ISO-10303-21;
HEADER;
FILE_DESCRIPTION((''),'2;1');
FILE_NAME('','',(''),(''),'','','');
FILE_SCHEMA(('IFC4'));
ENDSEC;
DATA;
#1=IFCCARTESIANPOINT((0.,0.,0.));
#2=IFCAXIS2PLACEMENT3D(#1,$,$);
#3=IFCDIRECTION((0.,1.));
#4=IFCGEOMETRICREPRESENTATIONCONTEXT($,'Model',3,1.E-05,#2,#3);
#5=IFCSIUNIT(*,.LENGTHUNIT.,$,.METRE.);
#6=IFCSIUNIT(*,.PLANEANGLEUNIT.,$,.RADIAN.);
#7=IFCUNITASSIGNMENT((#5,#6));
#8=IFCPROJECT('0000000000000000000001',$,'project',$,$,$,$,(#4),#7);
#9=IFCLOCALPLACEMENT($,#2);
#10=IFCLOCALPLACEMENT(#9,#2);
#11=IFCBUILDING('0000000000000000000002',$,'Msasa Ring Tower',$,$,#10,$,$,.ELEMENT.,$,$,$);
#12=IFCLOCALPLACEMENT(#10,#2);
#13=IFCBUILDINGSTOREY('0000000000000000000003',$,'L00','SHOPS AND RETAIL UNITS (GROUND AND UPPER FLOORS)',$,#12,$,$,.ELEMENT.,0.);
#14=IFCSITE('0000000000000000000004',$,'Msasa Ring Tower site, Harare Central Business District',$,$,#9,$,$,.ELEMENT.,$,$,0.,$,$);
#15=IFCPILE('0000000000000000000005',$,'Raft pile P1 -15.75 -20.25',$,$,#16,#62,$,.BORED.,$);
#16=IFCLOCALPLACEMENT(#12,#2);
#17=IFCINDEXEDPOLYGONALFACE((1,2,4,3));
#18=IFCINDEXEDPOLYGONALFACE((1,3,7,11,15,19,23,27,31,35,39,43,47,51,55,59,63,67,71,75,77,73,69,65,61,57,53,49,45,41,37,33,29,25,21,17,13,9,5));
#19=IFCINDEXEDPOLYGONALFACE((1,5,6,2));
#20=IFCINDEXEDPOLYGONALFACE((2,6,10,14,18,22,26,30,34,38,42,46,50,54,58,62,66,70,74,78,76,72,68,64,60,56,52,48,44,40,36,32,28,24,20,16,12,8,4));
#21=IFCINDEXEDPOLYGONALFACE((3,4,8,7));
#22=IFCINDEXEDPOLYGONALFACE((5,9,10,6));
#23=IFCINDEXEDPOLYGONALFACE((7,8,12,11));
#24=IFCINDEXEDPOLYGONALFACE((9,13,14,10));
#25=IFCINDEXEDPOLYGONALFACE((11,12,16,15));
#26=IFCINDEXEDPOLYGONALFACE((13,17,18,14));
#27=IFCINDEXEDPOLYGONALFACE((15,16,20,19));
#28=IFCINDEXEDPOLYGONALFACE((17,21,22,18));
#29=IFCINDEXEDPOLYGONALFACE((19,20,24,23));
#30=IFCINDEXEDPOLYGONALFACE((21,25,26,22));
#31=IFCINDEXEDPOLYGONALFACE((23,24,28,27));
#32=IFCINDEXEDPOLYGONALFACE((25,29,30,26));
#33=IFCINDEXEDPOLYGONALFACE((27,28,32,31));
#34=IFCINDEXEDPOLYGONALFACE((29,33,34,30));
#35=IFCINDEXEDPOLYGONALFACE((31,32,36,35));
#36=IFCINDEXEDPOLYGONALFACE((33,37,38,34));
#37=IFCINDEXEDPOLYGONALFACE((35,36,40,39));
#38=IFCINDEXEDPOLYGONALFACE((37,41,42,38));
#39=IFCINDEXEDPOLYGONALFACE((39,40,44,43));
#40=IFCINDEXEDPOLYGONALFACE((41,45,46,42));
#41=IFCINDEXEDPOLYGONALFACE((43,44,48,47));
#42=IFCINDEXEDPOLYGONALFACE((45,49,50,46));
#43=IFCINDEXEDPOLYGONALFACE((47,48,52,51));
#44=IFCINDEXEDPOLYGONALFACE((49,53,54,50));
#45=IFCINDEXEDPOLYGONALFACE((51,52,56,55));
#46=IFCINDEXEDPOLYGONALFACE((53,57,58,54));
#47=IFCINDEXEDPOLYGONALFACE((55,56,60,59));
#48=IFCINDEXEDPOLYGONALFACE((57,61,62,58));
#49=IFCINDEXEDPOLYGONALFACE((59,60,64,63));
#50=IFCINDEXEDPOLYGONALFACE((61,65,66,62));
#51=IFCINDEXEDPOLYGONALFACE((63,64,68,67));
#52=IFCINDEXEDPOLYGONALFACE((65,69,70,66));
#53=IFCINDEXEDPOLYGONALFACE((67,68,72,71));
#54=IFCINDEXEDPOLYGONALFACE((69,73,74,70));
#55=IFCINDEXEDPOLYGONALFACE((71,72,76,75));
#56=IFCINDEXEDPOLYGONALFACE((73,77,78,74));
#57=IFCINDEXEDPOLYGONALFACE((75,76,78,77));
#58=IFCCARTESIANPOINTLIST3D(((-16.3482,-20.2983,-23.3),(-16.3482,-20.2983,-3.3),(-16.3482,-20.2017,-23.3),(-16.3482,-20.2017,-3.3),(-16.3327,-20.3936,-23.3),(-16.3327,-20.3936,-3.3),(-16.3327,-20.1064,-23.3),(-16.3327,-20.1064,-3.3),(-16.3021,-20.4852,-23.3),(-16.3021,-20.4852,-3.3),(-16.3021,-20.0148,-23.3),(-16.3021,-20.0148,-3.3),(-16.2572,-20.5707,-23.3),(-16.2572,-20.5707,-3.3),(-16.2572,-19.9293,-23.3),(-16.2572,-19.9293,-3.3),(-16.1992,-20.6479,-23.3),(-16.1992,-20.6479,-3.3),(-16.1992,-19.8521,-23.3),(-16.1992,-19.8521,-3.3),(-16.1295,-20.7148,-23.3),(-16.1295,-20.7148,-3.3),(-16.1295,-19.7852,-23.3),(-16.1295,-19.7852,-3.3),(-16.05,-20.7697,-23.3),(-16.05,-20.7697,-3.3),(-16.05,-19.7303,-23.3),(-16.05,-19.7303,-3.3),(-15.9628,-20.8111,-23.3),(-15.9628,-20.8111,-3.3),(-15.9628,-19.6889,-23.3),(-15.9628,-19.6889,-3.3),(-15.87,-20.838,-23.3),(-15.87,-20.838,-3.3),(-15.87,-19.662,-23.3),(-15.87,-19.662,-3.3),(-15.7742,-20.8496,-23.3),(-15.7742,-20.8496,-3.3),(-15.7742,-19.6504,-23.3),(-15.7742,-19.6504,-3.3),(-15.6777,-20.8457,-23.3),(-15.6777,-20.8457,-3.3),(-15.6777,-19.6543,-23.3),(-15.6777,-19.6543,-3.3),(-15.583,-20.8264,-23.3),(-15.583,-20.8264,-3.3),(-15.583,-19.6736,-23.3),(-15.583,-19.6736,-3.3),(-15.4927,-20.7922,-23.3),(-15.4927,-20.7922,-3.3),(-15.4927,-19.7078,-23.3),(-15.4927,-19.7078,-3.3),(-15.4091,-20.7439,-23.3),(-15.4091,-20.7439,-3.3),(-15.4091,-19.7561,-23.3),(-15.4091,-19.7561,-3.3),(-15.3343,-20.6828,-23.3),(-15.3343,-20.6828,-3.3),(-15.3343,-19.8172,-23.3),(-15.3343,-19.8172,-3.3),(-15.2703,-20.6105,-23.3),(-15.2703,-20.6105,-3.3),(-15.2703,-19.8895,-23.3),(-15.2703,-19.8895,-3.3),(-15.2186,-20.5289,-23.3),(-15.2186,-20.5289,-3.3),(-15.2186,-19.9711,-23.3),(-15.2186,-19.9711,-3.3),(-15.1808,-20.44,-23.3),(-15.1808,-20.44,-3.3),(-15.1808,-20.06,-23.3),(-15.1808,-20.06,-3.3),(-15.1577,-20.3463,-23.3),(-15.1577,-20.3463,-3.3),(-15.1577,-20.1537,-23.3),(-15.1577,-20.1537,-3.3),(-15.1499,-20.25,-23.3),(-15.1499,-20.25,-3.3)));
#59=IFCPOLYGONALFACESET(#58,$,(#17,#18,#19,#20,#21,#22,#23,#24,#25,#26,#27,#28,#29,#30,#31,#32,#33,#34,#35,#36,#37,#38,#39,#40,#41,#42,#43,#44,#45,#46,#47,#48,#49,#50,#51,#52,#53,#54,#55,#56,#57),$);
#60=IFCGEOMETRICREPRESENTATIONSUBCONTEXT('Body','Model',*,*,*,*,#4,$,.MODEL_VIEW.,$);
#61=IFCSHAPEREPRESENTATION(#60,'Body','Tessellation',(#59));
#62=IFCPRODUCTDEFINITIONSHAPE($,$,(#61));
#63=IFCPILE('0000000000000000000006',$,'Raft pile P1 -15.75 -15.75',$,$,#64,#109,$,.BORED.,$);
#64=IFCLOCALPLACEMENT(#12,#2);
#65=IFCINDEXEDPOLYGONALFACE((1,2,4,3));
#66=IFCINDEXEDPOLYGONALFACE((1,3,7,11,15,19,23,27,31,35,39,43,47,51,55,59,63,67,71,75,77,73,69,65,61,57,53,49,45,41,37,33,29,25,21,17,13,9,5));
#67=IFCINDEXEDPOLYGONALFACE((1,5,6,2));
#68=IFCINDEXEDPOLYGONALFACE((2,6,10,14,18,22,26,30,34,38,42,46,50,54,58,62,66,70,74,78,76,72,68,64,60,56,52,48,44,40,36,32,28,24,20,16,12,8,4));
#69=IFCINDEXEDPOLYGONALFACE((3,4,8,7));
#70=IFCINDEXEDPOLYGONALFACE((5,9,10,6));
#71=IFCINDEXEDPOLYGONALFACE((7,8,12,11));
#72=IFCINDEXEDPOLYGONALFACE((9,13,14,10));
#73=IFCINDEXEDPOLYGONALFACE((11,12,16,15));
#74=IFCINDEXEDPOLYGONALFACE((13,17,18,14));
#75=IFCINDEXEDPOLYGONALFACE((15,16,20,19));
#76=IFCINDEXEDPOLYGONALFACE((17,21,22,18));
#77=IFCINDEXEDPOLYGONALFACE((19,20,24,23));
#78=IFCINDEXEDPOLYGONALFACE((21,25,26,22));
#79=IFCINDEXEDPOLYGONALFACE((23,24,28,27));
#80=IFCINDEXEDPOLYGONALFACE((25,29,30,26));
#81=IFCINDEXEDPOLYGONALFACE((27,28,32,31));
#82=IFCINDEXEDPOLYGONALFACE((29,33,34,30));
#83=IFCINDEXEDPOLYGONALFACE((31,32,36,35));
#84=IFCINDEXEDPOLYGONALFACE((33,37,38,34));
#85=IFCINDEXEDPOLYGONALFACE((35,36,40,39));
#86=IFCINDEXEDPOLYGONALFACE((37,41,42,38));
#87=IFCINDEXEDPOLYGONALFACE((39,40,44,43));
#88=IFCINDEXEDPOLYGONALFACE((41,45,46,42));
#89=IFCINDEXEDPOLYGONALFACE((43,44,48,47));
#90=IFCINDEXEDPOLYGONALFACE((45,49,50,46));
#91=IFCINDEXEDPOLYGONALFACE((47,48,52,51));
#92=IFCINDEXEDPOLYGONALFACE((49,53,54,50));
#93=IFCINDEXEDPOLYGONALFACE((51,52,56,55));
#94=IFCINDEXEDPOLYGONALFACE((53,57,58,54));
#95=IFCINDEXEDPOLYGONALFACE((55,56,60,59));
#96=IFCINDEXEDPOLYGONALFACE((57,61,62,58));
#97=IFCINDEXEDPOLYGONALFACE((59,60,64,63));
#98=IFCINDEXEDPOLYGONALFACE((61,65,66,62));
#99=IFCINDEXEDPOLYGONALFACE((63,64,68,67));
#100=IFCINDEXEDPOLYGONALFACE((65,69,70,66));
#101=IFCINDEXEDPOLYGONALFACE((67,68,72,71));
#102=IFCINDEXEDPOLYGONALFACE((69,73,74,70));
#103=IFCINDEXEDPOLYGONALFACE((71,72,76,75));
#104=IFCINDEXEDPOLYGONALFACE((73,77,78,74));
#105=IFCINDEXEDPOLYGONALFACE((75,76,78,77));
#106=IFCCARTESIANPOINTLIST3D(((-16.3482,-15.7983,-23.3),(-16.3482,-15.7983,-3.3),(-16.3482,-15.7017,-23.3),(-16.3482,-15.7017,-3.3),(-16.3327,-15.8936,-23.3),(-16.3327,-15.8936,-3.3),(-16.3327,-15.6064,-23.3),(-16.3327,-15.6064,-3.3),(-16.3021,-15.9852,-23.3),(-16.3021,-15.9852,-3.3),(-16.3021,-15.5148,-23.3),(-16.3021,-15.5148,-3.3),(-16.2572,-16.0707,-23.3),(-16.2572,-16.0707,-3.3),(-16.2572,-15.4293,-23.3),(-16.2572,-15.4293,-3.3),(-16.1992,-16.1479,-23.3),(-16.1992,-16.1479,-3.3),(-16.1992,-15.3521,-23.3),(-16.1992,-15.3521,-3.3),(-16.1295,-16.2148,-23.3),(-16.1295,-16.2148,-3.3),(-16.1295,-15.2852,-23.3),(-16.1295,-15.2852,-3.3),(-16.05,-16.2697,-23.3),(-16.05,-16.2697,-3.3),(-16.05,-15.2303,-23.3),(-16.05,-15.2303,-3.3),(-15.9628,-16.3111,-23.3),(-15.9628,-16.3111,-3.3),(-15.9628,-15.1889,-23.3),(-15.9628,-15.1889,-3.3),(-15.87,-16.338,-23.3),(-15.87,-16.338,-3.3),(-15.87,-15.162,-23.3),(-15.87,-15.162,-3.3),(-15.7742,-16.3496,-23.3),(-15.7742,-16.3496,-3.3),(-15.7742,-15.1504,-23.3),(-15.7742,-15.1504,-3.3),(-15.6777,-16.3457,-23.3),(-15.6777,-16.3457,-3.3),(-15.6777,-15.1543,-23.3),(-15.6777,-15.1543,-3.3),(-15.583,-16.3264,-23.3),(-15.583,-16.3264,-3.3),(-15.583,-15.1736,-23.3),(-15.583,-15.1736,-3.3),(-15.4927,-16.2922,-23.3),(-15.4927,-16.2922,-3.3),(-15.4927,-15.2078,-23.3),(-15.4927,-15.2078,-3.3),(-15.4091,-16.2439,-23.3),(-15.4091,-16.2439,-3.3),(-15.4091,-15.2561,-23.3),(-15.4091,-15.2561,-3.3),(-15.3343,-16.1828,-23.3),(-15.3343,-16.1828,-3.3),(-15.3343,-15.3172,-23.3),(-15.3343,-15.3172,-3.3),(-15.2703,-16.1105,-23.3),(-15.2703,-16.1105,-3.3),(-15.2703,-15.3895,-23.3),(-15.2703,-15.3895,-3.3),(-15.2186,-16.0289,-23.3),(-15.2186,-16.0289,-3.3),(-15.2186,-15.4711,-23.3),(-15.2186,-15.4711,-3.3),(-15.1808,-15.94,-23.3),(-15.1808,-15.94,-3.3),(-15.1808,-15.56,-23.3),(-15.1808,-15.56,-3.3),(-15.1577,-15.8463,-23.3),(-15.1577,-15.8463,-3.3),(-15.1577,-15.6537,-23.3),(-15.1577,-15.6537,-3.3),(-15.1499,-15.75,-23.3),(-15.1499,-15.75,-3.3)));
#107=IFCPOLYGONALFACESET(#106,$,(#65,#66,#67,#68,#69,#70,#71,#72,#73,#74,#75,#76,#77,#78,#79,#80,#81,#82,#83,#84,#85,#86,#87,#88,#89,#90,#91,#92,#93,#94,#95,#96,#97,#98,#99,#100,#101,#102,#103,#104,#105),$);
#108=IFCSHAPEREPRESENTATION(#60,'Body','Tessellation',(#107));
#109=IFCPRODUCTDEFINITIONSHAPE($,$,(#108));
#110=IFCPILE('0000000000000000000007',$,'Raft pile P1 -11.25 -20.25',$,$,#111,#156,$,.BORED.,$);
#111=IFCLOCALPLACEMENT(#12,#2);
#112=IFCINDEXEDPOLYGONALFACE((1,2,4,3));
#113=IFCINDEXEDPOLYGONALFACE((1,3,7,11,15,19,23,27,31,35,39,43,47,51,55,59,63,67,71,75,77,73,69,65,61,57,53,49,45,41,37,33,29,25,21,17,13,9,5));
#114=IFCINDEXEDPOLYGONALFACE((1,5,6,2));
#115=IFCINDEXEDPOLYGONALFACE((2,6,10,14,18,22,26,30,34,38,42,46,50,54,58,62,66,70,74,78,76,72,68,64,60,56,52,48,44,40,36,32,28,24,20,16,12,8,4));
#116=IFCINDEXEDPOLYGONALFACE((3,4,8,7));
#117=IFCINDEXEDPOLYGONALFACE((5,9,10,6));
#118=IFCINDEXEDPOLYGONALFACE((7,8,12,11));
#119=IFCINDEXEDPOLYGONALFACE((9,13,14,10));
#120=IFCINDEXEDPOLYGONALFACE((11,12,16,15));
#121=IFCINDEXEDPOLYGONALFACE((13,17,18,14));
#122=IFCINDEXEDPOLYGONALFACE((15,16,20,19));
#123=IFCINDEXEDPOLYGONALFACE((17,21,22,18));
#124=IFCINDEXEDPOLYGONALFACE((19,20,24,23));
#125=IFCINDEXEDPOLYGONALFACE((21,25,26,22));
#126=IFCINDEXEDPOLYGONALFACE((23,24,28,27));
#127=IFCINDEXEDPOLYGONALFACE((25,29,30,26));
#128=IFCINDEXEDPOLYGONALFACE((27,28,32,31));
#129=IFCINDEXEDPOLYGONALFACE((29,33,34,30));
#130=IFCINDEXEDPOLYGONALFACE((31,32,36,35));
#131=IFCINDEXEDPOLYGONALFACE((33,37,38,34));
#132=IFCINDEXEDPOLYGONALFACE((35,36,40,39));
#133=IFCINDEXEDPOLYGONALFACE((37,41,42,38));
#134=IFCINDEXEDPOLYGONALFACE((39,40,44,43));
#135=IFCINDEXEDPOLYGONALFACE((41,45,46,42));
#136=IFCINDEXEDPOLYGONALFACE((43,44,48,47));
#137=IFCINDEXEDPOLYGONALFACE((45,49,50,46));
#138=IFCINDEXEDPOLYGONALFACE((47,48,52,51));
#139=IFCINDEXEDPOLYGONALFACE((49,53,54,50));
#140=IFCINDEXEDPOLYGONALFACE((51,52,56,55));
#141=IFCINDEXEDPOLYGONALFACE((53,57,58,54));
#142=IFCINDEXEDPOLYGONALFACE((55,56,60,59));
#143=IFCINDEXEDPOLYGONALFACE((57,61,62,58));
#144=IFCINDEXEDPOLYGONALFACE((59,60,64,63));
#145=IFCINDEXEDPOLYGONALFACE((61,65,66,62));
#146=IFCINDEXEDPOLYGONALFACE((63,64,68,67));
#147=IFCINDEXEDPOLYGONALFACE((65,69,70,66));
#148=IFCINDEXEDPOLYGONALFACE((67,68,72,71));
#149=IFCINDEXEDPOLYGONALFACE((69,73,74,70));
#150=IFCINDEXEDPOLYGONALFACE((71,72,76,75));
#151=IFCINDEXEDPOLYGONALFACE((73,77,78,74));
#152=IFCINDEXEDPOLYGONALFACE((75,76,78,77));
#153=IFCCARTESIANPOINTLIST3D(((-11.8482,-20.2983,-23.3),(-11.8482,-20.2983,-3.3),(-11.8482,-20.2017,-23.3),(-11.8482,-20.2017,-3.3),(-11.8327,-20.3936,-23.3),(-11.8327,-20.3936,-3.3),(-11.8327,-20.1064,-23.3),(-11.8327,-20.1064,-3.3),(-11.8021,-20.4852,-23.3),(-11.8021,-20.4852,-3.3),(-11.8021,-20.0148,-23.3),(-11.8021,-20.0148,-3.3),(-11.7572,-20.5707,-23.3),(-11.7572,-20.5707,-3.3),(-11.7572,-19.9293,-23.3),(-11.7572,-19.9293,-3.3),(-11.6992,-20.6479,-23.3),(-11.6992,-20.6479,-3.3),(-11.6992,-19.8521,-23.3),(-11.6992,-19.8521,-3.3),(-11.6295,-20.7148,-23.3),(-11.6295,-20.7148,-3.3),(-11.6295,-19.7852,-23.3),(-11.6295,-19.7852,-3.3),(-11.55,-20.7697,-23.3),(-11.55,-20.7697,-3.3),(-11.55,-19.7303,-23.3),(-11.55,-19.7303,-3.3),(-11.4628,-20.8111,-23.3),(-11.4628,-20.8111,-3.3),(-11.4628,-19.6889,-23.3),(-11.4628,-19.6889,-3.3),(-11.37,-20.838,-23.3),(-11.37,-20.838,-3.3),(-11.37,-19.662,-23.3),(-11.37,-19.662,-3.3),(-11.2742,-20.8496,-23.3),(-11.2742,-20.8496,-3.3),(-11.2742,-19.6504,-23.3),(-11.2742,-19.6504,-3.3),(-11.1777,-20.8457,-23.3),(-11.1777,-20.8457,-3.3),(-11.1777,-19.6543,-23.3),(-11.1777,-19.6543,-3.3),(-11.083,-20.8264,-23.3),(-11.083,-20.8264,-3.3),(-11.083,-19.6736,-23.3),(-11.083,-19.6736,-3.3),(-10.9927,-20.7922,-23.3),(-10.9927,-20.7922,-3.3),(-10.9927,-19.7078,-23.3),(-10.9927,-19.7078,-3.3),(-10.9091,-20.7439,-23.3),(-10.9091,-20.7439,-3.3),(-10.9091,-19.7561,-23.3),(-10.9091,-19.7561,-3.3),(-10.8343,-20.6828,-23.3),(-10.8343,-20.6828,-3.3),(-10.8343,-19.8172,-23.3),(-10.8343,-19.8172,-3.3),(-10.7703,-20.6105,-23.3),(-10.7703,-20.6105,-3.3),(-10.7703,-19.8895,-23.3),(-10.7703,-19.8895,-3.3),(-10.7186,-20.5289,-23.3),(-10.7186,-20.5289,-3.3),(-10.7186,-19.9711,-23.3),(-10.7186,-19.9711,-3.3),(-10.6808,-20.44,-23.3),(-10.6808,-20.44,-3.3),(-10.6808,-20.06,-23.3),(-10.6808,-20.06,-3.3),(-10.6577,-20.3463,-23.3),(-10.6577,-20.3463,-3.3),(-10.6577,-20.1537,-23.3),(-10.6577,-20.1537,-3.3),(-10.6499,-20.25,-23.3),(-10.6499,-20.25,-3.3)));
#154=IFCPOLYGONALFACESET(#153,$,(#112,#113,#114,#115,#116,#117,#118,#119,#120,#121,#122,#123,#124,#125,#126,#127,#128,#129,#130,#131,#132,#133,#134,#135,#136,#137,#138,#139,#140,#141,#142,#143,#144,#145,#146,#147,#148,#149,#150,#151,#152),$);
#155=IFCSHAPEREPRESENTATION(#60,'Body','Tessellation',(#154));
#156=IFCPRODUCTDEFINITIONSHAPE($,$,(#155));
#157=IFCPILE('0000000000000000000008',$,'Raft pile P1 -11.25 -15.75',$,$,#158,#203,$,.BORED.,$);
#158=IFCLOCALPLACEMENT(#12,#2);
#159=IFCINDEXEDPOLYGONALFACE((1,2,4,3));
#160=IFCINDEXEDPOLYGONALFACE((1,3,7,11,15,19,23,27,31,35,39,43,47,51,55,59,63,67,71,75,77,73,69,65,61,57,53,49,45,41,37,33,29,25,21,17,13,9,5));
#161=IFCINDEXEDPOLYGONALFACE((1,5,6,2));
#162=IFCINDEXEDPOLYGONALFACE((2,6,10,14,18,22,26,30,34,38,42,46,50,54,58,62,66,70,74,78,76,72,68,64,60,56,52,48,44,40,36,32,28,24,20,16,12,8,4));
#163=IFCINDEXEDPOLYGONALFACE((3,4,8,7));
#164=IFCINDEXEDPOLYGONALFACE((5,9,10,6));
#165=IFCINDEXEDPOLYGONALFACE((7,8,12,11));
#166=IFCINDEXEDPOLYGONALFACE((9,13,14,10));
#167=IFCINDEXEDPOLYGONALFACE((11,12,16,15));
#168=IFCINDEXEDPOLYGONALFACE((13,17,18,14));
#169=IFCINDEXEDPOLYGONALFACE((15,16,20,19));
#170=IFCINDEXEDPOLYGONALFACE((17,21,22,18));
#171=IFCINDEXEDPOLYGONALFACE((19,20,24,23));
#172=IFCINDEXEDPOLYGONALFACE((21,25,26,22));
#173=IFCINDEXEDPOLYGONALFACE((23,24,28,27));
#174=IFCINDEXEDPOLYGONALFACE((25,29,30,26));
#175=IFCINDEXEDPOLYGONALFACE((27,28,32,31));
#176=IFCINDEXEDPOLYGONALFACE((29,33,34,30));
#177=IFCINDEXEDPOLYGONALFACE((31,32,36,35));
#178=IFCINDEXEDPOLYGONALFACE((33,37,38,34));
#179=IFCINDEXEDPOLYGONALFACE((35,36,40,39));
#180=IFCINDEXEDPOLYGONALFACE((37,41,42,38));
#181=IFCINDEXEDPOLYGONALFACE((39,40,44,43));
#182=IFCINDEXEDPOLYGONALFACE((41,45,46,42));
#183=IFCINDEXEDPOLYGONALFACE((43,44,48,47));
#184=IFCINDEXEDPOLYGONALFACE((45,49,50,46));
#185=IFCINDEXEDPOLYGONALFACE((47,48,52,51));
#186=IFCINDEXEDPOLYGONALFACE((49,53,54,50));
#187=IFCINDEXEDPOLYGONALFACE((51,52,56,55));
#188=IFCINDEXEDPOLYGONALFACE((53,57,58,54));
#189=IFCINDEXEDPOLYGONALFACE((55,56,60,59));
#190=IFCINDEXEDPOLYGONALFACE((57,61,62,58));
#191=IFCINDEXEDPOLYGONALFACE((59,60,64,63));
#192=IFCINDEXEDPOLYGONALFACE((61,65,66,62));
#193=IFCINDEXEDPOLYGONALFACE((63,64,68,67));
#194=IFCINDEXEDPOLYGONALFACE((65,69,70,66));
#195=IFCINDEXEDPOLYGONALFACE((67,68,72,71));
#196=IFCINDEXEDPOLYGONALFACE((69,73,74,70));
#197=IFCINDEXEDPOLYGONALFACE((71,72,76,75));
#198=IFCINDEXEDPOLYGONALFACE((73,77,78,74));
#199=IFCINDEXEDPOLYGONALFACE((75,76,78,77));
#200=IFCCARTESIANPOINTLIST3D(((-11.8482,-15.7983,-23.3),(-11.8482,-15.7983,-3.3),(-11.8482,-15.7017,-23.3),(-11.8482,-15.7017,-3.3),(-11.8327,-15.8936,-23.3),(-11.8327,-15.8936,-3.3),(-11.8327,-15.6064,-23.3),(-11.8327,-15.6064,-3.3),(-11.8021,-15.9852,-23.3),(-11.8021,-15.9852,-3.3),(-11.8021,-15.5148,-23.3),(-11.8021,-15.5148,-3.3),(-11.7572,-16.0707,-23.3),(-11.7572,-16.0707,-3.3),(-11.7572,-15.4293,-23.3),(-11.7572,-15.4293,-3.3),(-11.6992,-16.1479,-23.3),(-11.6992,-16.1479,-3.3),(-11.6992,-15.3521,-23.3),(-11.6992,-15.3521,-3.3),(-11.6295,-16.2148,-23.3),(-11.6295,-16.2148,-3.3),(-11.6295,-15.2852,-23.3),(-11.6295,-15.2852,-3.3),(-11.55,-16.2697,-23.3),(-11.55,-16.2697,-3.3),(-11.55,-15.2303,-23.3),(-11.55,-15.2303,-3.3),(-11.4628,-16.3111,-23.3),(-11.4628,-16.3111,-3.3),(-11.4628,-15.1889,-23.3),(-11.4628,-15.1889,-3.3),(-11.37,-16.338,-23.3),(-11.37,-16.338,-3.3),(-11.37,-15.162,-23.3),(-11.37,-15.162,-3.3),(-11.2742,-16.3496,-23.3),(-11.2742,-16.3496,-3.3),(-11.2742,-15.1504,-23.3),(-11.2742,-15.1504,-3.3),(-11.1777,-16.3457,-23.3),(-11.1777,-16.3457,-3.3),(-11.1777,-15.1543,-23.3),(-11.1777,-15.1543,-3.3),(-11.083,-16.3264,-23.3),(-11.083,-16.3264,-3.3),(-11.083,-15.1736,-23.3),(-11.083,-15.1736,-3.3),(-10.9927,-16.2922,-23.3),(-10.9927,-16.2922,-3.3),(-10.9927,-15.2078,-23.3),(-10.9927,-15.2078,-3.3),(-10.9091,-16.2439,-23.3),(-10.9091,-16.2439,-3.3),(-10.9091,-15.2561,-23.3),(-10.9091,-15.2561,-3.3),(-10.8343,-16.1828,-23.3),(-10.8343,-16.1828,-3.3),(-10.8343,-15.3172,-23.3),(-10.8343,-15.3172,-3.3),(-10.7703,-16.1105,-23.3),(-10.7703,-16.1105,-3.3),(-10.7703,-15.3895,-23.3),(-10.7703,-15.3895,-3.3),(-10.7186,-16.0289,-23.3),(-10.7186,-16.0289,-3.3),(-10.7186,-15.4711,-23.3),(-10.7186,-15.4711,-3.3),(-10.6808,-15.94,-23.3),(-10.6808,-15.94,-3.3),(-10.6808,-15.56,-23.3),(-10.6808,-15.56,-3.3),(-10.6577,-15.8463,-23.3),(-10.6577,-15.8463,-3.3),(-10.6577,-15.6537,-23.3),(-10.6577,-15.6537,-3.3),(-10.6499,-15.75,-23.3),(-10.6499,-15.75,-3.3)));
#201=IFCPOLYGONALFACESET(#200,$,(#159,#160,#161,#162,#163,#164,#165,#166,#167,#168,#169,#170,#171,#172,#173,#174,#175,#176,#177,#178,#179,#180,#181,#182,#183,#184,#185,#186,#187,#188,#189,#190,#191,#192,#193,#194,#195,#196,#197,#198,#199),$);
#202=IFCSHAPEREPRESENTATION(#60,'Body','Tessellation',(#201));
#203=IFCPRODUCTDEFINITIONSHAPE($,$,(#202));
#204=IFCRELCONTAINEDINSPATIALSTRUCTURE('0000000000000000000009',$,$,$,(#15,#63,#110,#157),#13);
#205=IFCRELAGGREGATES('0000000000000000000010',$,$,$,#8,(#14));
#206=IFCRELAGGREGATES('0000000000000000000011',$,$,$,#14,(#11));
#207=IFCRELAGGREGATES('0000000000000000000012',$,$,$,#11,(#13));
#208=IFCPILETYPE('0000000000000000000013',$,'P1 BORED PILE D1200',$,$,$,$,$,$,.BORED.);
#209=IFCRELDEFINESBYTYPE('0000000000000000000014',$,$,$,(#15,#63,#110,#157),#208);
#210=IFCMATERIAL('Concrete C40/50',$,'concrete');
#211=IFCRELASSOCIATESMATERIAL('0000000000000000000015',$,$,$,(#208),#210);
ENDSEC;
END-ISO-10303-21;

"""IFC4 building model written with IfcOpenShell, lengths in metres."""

from ifc_helpers import new_model, si_unit, direction, frame, origin, origin_2d, place, context, subcontext, project, spatial, circle, extrude, material, material_profile, profile_set, type_object, element, save


model = new_model("IFC4")

# Units and contexts
model_context = context("Model", 3, precision=1e-05, world=origin(), true_north=direction((0.0, 1.0)))
body_context = subcontext(model_context, "Body", "Model", "MODEL_VIEW")
ifc_project = project(units=[si_unit("LENGTHUNIT", "METRE"), si_unit("PLANEANGLEUNIT", "RADIAN")], contexts=[model_context])

# Site, building, storey
site_placement = place(None, origin())
site = spatial("IfcSite", under=ifc_project, at=site_placement, Name="Msasa Ring Tower site, Harare Central Business District", CompositionType="ELEMENT", RefElevation=0.0)
building_placement = place(site_placement, origin())
building = spatial("IfcBuilding", under=site, at=building_placement, Name="Msasa Ring Tower", CompositionType="ELEMENT")
storey_placement = place(building_placement, origin())
storey = spatial("IfcBuildingStorey", under=building, at=storey_placement, Name="L00", Description="SHOPS AND RETAIL UNITS (GROUND AND UPPER FLOORS)", CompositionType="ELEMENT", Elevation=0.0)

# Piles
ifc_material_1 = material(Name="Concrete C40/50", Category="concrete")
ifc_material_profile_1 = material_profile(ifc_material_1, circle(Radius=0.6001, at=origin_2d()), Name="D1200")
ifc_profile_set_1 = profile_set([ifc_material_profile_1], Name="Concrete C40/50")
pile_type = type_object("IfcPileType", Name="P1 BORED PILE D1200", PredefinedType="BORED", material=ifc_profile_set_1)
for number, where, z_axis, x_axis, name in (
    (1, (-15.75, -20.25, -3.3), (0.0, 0.0, -1.0), (1.0, 0.0, 0.0), "Raft pile P1 -15.75 -20.25"),
    (2, (-15.75, -15.75, -3.3), (0.0, 0.0, -1.0), (1.0, 0.0, 0.0), "Raft pile P1 -15.75 -15.75"),
    (3, (-11.25, -20.25, -3.3), (0.0, 0.0, -1.0), (1.0, 0.0, 0.0), "Raft pile P1 -11.25 -20.25"),
    (4, (-11.25, -15.75, -3.3), (0.0, 0.0, -1.0), (1.0, 0.0, 0.0), "Raft pile P1 -11.25 -15.75"),
):
    element("IfcPile", number, at=place(storey_placement, frame(where, z_axis=z_axis, x_axis=x_axis)), inside=storey, type_object=pile_type, Name=name, PredefinedType="BORED", context=body_context, shape_type="SweptSolid", body=[
        extrude(circle(Radius=0.6001, at=origin_2d()), origin(), (0.0, 0.0, 1.0), 20.0),
    ])

save(model, "model.ifc")
